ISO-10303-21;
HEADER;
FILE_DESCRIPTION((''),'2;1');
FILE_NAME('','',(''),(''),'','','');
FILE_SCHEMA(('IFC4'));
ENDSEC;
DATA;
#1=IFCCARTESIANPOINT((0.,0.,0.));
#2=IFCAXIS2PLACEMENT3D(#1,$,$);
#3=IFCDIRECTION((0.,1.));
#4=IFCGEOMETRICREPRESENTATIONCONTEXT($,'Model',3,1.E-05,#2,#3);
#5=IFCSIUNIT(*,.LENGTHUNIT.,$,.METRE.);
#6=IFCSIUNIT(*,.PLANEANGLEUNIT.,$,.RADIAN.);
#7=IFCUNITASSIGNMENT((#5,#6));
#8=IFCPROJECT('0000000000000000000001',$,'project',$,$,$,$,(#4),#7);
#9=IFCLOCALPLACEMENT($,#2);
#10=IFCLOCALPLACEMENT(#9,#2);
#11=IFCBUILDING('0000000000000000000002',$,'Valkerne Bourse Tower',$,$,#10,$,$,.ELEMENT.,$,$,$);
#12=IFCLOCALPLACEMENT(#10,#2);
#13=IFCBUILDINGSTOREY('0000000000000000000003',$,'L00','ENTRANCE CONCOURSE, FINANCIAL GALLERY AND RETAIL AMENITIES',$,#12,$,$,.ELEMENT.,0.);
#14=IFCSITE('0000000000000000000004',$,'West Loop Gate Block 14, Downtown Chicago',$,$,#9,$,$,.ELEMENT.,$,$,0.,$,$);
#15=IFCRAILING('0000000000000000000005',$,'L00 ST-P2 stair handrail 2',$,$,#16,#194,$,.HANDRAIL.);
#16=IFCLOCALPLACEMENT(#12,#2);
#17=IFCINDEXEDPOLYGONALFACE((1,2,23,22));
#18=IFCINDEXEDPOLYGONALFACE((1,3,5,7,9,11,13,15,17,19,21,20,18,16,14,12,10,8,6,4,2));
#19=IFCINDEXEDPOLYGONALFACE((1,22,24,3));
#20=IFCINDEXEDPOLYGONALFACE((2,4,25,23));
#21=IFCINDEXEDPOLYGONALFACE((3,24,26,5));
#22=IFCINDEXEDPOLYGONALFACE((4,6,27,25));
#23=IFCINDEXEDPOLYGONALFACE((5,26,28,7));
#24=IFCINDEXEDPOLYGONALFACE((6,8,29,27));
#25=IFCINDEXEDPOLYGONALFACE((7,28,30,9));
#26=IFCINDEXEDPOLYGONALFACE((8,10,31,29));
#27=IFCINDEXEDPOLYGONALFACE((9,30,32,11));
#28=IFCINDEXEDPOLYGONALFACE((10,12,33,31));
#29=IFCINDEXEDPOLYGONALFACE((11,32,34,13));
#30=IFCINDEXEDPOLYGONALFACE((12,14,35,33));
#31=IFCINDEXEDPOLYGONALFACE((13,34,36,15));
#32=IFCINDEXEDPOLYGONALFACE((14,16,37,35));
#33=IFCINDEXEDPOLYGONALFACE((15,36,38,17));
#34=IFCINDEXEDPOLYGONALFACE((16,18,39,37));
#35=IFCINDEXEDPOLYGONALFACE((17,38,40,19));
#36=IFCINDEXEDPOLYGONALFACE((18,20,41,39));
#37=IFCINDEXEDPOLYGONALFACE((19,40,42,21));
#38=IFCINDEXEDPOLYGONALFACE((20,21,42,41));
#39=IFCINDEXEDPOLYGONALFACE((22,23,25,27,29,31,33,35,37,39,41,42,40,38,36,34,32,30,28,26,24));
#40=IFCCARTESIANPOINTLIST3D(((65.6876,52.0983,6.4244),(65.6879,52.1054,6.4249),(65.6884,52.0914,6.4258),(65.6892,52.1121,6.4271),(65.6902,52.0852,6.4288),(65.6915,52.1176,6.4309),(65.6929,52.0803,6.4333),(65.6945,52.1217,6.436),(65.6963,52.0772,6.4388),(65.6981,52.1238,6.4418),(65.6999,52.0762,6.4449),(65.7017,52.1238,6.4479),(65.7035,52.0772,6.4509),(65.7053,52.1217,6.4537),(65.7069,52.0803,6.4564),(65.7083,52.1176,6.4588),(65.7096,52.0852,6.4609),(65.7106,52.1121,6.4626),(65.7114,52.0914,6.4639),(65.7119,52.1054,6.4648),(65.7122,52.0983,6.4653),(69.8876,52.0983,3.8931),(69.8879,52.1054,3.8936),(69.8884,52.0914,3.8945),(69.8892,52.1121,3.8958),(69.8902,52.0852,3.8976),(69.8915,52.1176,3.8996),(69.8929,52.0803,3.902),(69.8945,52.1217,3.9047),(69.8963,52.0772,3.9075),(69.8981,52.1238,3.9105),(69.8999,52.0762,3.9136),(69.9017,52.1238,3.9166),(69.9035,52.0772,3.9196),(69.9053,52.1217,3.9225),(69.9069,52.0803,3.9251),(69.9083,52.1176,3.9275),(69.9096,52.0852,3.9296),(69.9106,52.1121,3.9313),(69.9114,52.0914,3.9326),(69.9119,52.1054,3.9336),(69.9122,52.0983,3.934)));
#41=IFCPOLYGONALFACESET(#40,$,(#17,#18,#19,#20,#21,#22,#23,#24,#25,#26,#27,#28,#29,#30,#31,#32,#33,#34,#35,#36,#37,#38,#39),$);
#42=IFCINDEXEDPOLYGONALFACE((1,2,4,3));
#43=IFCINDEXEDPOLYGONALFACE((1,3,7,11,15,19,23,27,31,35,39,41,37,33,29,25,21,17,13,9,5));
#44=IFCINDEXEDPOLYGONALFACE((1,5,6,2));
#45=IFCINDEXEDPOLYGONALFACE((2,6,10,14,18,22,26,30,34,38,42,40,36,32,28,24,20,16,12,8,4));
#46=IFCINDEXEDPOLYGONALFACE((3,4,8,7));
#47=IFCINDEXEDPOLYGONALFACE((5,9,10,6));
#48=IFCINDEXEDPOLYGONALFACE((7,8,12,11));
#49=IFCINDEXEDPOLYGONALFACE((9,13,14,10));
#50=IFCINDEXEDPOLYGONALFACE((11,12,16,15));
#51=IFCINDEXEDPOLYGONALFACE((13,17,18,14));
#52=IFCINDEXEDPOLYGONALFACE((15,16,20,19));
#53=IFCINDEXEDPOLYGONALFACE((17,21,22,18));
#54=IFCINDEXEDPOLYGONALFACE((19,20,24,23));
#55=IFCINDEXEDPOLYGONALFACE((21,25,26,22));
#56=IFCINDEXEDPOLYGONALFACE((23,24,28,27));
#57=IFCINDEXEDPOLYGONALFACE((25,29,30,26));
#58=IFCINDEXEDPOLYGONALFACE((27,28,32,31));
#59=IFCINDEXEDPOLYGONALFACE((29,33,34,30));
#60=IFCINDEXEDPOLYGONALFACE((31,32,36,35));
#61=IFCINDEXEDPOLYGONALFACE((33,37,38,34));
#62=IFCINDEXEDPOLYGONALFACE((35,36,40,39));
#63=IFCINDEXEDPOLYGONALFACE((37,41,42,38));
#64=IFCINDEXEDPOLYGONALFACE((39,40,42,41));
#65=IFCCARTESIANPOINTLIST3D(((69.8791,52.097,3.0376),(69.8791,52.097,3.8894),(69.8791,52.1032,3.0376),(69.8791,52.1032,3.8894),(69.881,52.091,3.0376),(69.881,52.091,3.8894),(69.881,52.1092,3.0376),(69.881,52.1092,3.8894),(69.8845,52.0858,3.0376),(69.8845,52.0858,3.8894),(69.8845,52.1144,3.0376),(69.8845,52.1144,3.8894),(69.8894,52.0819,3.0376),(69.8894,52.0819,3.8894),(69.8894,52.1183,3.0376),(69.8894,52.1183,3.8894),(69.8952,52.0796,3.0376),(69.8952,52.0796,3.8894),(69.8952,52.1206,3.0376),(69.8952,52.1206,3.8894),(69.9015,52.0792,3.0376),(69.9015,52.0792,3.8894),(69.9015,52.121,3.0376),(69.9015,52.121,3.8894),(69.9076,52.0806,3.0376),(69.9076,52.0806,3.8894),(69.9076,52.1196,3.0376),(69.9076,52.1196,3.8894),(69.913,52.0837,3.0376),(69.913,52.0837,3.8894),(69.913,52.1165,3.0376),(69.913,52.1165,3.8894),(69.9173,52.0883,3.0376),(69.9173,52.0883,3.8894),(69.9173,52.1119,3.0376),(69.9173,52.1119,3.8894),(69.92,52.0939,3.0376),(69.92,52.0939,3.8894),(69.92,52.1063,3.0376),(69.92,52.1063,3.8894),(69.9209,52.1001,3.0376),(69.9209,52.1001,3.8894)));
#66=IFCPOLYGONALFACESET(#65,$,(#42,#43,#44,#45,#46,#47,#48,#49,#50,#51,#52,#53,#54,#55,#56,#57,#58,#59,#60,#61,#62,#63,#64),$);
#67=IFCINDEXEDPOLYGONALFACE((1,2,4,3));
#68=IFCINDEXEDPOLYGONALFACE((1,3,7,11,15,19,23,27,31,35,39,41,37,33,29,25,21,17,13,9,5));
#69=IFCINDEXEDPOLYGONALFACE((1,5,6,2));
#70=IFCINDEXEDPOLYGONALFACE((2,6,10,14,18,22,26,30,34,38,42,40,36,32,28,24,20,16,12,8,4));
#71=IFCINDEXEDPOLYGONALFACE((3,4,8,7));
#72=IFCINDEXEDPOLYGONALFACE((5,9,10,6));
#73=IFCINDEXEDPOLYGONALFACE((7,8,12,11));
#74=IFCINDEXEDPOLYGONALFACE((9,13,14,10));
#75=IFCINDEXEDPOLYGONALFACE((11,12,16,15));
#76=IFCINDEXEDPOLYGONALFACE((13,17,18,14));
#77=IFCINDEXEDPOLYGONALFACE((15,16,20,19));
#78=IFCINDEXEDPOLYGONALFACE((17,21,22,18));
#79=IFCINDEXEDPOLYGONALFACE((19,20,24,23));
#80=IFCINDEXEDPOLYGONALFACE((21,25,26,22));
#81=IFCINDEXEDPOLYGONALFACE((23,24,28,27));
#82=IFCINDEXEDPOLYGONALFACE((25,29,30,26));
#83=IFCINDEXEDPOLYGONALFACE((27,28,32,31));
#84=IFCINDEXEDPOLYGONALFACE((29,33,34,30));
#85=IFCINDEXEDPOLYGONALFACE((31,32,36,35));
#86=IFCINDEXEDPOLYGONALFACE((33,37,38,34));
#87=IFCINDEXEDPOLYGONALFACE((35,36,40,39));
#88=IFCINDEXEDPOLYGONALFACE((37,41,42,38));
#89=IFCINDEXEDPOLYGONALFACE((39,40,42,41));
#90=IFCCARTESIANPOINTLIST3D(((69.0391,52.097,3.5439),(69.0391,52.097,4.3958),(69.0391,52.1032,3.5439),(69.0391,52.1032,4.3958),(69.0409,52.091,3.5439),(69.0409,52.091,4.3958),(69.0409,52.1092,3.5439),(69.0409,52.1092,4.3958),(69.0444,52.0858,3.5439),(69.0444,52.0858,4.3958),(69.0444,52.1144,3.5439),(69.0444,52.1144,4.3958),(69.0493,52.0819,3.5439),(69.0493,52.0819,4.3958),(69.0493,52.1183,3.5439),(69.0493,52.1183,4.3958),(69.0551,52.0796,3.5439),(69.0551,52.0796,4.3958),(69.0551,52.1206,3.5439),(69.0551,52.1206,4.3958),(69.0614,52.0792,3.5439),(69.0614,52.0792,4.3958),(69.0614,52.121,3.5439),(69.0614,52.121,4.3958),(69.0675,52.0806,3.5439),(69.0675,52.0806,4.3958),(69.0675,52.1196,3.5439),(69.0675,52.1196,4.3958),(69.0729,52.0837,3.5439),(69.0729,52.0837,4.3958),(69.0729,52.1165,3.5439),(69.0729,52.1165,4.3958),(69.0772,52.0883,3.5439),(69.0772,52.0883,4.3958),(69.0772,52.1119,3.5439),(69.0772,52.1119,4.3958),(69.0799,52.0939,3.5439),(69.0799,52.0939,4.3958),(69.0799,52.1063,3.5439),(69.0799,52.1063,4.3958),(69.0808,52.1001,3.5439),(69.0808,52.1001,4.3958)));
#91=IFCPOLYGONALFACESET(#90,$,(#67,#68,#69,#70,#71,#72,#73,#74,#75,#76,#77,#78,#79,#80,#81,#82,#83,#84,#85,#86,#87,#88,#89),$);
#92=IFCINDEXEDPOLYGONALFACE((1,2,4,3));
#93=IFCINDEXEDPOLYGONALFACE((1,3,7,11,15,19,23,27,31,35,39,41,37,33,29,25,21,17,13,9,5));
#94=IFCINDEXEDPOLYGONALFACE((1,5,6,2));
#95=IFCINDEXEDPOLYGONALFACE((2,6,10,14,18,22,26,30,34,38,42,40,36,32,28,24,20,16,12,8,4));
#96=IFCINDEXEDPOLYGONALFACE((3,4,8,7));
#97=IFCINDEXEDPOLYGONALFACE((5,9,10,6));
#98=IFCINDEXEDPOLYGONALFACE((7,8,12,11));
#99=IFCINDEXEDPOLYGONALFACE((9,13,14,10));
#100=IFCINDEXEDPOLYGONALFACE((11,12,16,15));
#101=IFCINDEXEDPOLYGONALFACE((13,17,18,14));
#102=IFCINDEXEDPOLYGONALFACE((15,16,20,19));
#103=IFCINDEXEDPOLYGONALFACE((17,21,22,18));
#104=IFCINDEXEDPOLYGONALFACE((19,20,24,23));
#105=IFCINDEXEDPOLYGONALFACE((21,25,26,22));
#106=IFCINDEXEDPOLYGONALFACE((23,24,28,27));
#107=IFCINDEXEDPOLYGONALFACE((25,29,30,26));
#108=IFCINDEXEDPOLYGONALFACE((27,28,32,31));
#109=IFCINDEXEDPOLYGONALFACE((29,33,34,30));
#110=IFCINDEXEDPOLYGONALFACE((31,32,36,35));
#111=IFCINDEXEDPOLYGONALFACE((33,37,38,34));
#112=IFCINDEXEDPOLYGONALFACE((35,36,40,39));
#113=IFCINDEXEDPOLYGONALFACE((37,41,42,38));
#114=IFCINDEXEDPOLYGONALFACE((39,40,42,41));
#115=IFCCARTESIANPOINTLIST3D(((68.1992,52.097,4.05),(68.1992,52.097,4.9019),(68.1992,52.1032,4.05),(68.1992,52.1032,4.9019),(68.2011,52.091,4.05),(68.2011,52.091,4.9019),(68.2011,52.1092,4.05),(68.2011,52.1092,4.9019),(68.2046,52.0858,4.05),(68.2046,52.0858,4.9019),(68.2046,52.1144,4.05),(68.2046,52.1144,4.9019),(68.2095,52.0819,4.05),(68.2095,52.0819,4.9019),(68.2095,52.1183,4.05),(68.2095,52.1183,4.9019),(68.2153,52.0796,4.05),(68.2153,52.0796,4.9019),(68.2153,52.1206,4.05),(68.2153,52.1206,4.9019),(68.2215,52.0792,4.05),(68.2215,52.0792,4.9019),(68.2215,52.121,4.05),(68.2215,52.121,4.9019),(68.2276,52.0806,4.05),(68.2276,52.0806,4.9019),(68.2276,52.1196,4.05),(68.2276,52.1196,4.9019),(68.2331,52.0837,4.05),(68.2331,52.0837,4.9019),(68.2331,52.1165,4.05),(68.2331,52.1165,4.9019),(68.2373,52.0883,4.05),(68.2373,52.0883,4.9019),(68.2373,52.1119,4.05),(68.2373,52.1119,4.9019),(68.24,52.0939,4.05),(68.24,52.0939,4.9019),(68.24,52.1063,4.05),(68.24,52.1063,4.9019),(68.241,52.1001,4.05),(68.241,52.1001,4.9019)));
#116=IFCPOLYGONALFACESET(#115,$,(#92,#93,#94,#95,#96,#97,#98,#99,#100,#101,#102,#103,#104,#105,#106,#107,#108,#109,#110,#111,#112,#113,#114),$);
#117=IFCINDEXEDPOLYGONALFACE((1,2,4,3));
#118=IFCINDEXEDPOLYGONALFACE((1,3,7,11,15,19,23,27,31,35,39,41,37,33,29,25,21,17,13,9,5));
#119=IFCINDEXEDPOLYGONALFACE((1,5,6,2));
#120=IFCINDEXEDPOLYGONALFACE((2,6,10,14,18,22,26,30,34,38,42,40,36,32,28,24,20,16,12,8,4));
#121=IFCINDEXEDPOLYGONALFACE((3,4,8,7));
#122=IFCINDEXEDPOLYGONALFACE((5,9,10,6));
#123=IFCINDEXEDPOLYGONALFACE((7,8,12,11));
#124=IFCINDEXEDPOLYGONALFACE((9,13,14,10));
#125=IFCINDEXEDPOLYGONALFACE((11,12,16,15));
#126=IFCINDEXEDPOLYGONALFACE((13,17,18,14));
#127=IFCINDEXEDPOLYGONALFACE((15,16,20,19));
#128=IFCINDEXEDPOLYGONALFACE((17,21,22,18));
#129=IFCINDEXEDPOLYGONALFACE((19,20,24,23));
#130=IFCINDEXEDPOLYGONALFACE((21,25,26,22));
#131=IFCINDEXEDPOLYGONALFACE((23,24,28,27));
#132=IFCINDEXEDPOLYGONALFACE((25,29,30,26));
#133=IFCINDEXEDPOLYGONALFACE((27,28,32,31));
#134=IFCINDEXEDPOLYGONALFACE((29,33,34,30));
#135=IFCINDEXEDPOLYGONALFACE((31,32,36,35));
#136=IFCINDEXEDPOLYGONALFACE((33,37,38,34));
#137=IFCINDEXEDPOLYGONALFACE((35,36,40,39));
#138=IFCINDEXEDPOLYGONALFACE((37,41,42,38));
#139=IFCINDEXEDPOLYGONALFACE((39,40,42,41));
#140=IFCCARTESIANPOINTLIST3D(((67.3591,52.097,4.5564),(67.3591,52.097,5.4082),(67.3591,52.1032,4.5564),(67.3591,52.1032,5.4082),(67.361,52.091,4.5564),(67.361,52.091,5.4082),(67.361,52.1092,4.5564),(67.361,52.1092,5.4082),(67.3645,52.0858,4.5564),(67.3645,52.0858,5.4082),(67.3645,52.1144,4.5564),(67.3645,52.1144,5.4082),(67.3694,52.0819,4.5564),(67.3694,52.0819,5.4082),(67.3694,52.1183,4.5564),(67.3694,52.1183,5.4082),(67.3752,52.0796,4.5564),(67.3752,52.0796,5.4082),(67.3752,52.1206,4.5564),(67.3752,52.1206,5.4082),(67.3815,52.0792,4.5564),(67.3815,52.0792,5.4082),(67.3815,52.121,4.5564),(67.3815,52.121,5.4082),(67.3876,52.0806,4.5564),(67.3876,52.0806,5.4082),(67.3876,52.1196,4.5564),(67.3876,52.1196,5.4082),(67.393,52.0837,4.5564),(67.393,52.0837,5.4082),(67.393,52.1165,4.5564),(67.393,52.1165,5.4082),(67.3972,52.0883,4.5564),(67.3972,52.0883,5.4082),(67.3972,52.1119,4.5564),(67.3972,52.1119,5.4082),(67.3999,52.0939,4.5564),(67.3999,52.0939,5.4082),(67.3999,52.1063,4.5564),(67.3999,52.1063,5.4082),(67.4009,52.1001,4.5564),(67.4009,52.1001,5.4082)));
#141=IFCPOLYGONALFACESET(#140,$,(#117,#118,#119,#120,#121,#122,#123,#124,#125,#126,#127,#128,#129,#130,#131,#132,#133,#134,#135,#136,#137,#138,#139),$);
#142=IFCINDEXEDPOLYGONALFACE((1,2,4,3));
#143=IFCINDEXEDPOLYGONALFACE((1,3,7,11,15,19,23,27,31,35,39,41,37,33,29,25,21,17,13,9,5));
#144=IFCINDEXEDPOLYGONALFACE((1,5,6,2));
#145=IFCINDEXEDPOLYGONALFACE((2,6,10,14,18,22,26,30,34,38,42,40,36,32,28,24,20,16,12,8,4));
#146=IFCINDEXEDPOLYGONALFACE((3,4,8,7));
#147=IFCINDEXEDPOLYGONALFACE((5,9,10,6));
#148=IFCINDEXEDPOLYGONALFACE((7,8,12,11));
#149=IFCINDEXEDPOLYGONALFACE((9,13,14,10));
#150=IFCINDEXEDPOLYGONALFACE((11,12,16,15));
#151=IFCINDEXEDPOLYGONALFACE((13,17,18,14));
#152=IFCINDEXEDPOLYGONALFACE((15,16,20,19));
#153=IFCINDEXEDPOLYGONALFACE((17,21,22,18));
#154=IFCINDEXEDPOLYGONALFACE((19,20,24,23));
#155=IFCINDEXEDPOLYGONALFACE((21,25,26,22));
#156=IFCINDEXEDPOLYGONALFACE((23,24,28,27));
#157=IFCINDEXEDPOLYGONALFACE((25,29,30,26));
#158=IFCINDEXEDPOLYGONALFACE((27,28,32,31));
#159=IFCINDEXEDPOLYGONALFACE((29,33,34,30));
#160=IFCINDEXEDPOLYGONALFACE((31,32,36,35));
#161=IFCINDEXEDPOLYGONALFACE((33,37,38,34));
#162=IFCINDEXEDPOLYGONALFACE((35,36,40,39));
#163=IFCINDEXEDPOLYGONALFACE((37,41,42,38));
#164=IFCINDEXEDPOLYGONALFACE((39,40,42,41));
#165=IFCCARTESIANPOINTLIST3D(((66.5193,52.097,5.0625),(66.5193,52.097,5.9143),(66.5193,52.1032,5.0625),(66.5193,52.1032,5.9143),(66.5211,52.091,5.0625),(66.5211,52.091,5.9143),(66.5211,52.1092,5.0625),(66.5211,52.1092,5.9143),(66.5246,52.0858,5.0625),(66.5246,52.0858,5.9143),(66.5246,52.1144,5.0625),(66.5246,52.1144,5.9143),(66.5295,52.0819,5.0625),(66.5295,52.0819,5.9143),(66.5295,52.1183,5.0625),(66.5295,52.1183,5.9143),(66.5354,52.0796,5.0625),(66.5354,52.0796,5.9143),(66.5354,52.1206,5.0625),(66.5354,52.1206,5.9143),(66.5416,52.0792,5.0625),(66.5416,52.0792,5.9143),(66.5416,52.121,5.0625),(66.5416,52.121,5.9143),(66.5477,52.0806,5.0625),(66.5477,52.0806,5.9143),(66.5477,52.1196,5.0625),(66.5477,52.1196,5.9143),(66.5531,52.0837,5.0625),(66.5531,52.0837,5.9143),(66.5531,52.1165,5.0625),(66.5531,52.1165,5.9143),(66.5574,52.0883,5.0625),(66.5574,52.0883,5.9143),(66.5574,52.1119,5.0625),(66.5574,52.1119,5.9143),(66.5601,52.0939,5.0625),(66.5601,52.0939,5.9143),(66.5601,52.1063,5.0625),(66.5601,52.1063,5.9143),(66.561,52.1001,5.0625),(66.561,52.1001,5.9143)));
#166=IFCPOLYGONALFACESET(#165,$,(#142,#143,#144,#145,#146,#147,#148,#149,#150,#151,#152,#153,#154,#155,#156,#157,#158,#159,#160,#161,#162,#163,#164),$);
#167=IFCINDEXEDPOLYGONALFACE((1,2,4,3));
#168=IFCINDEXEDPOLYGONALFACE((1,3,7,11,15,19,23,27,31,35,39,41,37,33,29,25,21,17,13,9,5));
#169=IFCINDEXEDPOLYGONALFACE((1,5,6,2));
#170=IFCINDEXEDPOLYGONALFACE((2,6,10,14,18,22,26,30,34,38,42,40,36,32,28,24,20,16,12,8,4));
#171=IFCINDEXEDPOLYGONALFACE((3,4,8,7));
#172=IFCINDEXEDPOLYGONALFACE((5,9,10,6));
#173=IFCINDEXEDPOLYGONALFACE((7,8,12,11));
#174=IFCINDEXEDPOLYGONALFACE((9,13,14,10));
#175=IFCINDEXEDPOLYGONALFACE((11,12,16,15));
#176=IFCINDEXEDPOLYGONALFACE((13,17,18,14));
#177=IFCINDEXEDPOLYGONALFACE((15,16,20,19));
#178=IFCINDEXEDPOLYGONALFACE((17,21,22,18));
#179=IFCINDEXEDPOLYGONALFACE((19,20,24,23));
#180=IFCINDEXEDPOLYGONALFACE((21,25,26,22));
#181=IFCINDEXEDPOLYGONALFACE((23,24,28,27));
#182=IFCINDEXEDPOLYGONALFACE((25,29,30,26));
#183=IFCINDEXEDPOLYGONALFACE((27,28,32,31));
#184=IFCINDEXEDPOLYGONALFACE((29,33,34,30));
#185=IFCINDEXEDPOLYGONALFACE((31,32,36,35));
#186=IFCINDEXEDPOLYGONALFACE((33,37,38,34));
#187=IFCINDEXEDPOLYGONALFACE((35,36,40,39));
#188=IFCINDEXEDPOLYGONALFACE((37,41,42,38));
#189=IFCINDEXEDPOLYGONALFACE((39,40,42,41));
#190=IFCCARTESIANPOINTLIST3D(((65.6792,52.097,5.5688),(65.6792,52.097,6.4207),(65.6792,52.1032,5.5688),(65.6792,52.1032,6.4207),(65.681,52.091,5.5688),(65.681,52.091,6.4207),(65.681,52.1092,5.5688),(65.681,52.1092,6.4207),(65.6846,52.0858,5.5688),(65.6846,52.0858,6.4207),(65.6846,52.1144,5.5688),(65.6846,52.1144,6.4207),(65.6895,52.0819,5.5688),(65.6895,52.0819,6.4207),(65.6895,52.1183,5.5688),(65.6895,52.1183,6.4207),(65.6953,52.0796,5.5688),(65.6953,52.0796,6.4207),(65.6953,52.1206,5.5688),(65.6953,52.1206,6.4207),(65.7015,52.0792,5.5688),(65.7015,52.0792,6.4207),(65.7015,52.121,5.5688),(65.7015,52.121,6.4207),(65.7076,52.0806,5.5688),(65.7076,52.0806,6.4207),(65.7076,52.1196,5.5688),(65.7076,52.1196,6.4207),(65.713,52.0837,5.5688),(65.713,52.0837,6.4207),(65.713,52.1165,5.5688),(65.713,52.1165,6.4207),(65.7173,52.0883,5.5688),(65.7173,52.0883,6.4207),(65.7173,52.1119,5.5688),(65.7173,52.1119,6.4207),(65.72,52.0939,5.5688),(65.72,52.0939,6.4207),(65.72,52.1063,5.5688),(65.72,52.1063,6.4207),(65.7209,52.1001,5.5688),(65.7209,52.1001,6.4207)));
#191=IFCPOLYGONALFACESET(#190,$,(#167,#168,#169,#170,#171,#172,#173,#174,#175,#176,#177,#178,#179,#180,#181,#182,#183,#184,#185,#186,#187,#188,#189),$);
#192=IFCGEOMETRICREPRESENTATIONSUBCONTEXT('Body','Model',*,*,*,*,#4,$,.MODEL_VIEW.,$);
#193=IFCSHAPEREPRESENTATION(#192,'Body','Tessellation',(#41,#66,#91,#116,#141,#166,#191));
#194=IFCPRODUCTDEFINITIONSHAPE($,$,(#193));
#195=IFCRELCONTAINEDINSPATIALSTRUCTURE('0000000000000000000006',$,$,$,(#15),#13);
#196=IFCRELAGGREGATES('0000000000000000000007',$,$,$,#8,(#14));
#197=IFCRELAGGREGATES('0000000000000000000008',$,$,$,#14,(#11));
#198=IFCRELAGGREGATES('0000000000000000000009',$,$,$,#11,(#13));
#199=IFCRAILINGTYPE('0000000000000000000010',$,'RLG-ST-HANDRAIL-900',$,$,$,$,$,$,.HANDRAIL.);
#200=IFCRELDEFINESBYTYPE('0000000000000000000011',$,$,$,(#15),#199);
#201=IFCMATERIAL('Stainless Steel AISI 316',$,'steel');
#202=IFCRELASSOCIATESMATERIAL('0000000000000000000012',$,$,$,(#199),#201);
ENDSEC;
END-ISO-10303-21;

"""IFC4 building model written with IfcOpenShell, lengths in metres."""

from ifc_helpers import new_model, si_unit, direction, frame, origin, origin_2d, place, context, subcontext, project, spatial, circle, extrude, material, type_object, element, save


model = new_model("IFC4")

# Units and contexts
model_context = context("Model", 3, precision=1e-05, world=origin(), true_north=direction((0.0, 1.0)))
body_context = subcontext(model_context, "Body", "Model", "MODEL_VIEW")
ifc_project = project(units=[si_unit("LENGTHUNIT", "METRE"), si_unit("PLANEANGLEUNIT", "RADIAN")], contexts=[model_context])

# Site, building, storey
site_placement = place(None, origin())
site = spatial("IfcSite", under=ifc_project, at=site_placement, Name="West Loop Gate Block 14, Downtown Chicago", CompositionType="ELEMENT", RefElevation=0.0)
building_placement = place(site_placement, origin())
building = spatial("IfcBuilding", under=site, at=building_placement, Name="Valkerne Bourse Tower", CompositionType="ELEMENT")
storey_placement = place(building_placement, origin())
storey = spatial("IfcBuildingStorey", under=building, at=storey_placement, Name="L00", Description="ENTRANCE CONCOURSE, FINANCIAL GALLERY AND RETAIL AMENITIES", CompositionType="ELEMENT", Elevation=0.0)

# Railing
ifc_material_1 = material(Name="Stainless Steel AISI 316", Category="steel")
railing_type_1 = type_object("IfcRailingType", Name="RLG-ST-HANDRAIL-900", PredefinedType="HANDRAIL", material=ifc_material_1)
railing_1_placement = place(storey_placement, frame((69.8999, 52.1001, 3.0376)))
element("IfcRailing", 1, at=railing_1_placement, inside=storey, type_object=railing_type_1, Name="L00 ST-P2 stair handrail 2", PredefinedType="HANDRAIL", context=body_context, shape_type="SweptSolid", body=[
    extrude(circle(Radius=0.0239, at=origin_2d()), frame((0.0, 0.0, 0.876), z_axis=(-0.856476, 0.0, 0.516186), x_axis=(0.0, -1.0, 0.0)), (0.0, 0.0, 1.0), 4.9038),
    extrude(circle(Radius=0.021, at=origin_2d()), origin(), (0.0, 0.0, 1.0), 0.8518),
    extrude(circle(Radius=0.021, at=origin_2d()), frame((-0.8401, 0.0, 0.5063)), (0.0, 0.0, 1.0), 0.8518),
    extrude(circle(Radius=0.021, at=origin_2d()), frame((-1.6799, 0.0, 1.0125)), (0.0, 0.0, 1.0), 0.8518),
    extrude(circle(Radius=0.021, at=origin_2d()), frame((-2.52, 0.0, 1.5188)), (0.0, 0.0, 1.0), 0.8518),
    extrude(circle(Radius=0.021, at=origin_2d()), frame((-3.3599, 0.0, 2.0249)), (0.0, 0.0, 1.0), 0.8518),
    extrude(circle(Radius=0.021, at=origin_2d()), frame((-4.2, 0.0, 2.5312)), (0.0, 0.0, 1.0), 0.8518),
])

save(model, "model.ifc")
